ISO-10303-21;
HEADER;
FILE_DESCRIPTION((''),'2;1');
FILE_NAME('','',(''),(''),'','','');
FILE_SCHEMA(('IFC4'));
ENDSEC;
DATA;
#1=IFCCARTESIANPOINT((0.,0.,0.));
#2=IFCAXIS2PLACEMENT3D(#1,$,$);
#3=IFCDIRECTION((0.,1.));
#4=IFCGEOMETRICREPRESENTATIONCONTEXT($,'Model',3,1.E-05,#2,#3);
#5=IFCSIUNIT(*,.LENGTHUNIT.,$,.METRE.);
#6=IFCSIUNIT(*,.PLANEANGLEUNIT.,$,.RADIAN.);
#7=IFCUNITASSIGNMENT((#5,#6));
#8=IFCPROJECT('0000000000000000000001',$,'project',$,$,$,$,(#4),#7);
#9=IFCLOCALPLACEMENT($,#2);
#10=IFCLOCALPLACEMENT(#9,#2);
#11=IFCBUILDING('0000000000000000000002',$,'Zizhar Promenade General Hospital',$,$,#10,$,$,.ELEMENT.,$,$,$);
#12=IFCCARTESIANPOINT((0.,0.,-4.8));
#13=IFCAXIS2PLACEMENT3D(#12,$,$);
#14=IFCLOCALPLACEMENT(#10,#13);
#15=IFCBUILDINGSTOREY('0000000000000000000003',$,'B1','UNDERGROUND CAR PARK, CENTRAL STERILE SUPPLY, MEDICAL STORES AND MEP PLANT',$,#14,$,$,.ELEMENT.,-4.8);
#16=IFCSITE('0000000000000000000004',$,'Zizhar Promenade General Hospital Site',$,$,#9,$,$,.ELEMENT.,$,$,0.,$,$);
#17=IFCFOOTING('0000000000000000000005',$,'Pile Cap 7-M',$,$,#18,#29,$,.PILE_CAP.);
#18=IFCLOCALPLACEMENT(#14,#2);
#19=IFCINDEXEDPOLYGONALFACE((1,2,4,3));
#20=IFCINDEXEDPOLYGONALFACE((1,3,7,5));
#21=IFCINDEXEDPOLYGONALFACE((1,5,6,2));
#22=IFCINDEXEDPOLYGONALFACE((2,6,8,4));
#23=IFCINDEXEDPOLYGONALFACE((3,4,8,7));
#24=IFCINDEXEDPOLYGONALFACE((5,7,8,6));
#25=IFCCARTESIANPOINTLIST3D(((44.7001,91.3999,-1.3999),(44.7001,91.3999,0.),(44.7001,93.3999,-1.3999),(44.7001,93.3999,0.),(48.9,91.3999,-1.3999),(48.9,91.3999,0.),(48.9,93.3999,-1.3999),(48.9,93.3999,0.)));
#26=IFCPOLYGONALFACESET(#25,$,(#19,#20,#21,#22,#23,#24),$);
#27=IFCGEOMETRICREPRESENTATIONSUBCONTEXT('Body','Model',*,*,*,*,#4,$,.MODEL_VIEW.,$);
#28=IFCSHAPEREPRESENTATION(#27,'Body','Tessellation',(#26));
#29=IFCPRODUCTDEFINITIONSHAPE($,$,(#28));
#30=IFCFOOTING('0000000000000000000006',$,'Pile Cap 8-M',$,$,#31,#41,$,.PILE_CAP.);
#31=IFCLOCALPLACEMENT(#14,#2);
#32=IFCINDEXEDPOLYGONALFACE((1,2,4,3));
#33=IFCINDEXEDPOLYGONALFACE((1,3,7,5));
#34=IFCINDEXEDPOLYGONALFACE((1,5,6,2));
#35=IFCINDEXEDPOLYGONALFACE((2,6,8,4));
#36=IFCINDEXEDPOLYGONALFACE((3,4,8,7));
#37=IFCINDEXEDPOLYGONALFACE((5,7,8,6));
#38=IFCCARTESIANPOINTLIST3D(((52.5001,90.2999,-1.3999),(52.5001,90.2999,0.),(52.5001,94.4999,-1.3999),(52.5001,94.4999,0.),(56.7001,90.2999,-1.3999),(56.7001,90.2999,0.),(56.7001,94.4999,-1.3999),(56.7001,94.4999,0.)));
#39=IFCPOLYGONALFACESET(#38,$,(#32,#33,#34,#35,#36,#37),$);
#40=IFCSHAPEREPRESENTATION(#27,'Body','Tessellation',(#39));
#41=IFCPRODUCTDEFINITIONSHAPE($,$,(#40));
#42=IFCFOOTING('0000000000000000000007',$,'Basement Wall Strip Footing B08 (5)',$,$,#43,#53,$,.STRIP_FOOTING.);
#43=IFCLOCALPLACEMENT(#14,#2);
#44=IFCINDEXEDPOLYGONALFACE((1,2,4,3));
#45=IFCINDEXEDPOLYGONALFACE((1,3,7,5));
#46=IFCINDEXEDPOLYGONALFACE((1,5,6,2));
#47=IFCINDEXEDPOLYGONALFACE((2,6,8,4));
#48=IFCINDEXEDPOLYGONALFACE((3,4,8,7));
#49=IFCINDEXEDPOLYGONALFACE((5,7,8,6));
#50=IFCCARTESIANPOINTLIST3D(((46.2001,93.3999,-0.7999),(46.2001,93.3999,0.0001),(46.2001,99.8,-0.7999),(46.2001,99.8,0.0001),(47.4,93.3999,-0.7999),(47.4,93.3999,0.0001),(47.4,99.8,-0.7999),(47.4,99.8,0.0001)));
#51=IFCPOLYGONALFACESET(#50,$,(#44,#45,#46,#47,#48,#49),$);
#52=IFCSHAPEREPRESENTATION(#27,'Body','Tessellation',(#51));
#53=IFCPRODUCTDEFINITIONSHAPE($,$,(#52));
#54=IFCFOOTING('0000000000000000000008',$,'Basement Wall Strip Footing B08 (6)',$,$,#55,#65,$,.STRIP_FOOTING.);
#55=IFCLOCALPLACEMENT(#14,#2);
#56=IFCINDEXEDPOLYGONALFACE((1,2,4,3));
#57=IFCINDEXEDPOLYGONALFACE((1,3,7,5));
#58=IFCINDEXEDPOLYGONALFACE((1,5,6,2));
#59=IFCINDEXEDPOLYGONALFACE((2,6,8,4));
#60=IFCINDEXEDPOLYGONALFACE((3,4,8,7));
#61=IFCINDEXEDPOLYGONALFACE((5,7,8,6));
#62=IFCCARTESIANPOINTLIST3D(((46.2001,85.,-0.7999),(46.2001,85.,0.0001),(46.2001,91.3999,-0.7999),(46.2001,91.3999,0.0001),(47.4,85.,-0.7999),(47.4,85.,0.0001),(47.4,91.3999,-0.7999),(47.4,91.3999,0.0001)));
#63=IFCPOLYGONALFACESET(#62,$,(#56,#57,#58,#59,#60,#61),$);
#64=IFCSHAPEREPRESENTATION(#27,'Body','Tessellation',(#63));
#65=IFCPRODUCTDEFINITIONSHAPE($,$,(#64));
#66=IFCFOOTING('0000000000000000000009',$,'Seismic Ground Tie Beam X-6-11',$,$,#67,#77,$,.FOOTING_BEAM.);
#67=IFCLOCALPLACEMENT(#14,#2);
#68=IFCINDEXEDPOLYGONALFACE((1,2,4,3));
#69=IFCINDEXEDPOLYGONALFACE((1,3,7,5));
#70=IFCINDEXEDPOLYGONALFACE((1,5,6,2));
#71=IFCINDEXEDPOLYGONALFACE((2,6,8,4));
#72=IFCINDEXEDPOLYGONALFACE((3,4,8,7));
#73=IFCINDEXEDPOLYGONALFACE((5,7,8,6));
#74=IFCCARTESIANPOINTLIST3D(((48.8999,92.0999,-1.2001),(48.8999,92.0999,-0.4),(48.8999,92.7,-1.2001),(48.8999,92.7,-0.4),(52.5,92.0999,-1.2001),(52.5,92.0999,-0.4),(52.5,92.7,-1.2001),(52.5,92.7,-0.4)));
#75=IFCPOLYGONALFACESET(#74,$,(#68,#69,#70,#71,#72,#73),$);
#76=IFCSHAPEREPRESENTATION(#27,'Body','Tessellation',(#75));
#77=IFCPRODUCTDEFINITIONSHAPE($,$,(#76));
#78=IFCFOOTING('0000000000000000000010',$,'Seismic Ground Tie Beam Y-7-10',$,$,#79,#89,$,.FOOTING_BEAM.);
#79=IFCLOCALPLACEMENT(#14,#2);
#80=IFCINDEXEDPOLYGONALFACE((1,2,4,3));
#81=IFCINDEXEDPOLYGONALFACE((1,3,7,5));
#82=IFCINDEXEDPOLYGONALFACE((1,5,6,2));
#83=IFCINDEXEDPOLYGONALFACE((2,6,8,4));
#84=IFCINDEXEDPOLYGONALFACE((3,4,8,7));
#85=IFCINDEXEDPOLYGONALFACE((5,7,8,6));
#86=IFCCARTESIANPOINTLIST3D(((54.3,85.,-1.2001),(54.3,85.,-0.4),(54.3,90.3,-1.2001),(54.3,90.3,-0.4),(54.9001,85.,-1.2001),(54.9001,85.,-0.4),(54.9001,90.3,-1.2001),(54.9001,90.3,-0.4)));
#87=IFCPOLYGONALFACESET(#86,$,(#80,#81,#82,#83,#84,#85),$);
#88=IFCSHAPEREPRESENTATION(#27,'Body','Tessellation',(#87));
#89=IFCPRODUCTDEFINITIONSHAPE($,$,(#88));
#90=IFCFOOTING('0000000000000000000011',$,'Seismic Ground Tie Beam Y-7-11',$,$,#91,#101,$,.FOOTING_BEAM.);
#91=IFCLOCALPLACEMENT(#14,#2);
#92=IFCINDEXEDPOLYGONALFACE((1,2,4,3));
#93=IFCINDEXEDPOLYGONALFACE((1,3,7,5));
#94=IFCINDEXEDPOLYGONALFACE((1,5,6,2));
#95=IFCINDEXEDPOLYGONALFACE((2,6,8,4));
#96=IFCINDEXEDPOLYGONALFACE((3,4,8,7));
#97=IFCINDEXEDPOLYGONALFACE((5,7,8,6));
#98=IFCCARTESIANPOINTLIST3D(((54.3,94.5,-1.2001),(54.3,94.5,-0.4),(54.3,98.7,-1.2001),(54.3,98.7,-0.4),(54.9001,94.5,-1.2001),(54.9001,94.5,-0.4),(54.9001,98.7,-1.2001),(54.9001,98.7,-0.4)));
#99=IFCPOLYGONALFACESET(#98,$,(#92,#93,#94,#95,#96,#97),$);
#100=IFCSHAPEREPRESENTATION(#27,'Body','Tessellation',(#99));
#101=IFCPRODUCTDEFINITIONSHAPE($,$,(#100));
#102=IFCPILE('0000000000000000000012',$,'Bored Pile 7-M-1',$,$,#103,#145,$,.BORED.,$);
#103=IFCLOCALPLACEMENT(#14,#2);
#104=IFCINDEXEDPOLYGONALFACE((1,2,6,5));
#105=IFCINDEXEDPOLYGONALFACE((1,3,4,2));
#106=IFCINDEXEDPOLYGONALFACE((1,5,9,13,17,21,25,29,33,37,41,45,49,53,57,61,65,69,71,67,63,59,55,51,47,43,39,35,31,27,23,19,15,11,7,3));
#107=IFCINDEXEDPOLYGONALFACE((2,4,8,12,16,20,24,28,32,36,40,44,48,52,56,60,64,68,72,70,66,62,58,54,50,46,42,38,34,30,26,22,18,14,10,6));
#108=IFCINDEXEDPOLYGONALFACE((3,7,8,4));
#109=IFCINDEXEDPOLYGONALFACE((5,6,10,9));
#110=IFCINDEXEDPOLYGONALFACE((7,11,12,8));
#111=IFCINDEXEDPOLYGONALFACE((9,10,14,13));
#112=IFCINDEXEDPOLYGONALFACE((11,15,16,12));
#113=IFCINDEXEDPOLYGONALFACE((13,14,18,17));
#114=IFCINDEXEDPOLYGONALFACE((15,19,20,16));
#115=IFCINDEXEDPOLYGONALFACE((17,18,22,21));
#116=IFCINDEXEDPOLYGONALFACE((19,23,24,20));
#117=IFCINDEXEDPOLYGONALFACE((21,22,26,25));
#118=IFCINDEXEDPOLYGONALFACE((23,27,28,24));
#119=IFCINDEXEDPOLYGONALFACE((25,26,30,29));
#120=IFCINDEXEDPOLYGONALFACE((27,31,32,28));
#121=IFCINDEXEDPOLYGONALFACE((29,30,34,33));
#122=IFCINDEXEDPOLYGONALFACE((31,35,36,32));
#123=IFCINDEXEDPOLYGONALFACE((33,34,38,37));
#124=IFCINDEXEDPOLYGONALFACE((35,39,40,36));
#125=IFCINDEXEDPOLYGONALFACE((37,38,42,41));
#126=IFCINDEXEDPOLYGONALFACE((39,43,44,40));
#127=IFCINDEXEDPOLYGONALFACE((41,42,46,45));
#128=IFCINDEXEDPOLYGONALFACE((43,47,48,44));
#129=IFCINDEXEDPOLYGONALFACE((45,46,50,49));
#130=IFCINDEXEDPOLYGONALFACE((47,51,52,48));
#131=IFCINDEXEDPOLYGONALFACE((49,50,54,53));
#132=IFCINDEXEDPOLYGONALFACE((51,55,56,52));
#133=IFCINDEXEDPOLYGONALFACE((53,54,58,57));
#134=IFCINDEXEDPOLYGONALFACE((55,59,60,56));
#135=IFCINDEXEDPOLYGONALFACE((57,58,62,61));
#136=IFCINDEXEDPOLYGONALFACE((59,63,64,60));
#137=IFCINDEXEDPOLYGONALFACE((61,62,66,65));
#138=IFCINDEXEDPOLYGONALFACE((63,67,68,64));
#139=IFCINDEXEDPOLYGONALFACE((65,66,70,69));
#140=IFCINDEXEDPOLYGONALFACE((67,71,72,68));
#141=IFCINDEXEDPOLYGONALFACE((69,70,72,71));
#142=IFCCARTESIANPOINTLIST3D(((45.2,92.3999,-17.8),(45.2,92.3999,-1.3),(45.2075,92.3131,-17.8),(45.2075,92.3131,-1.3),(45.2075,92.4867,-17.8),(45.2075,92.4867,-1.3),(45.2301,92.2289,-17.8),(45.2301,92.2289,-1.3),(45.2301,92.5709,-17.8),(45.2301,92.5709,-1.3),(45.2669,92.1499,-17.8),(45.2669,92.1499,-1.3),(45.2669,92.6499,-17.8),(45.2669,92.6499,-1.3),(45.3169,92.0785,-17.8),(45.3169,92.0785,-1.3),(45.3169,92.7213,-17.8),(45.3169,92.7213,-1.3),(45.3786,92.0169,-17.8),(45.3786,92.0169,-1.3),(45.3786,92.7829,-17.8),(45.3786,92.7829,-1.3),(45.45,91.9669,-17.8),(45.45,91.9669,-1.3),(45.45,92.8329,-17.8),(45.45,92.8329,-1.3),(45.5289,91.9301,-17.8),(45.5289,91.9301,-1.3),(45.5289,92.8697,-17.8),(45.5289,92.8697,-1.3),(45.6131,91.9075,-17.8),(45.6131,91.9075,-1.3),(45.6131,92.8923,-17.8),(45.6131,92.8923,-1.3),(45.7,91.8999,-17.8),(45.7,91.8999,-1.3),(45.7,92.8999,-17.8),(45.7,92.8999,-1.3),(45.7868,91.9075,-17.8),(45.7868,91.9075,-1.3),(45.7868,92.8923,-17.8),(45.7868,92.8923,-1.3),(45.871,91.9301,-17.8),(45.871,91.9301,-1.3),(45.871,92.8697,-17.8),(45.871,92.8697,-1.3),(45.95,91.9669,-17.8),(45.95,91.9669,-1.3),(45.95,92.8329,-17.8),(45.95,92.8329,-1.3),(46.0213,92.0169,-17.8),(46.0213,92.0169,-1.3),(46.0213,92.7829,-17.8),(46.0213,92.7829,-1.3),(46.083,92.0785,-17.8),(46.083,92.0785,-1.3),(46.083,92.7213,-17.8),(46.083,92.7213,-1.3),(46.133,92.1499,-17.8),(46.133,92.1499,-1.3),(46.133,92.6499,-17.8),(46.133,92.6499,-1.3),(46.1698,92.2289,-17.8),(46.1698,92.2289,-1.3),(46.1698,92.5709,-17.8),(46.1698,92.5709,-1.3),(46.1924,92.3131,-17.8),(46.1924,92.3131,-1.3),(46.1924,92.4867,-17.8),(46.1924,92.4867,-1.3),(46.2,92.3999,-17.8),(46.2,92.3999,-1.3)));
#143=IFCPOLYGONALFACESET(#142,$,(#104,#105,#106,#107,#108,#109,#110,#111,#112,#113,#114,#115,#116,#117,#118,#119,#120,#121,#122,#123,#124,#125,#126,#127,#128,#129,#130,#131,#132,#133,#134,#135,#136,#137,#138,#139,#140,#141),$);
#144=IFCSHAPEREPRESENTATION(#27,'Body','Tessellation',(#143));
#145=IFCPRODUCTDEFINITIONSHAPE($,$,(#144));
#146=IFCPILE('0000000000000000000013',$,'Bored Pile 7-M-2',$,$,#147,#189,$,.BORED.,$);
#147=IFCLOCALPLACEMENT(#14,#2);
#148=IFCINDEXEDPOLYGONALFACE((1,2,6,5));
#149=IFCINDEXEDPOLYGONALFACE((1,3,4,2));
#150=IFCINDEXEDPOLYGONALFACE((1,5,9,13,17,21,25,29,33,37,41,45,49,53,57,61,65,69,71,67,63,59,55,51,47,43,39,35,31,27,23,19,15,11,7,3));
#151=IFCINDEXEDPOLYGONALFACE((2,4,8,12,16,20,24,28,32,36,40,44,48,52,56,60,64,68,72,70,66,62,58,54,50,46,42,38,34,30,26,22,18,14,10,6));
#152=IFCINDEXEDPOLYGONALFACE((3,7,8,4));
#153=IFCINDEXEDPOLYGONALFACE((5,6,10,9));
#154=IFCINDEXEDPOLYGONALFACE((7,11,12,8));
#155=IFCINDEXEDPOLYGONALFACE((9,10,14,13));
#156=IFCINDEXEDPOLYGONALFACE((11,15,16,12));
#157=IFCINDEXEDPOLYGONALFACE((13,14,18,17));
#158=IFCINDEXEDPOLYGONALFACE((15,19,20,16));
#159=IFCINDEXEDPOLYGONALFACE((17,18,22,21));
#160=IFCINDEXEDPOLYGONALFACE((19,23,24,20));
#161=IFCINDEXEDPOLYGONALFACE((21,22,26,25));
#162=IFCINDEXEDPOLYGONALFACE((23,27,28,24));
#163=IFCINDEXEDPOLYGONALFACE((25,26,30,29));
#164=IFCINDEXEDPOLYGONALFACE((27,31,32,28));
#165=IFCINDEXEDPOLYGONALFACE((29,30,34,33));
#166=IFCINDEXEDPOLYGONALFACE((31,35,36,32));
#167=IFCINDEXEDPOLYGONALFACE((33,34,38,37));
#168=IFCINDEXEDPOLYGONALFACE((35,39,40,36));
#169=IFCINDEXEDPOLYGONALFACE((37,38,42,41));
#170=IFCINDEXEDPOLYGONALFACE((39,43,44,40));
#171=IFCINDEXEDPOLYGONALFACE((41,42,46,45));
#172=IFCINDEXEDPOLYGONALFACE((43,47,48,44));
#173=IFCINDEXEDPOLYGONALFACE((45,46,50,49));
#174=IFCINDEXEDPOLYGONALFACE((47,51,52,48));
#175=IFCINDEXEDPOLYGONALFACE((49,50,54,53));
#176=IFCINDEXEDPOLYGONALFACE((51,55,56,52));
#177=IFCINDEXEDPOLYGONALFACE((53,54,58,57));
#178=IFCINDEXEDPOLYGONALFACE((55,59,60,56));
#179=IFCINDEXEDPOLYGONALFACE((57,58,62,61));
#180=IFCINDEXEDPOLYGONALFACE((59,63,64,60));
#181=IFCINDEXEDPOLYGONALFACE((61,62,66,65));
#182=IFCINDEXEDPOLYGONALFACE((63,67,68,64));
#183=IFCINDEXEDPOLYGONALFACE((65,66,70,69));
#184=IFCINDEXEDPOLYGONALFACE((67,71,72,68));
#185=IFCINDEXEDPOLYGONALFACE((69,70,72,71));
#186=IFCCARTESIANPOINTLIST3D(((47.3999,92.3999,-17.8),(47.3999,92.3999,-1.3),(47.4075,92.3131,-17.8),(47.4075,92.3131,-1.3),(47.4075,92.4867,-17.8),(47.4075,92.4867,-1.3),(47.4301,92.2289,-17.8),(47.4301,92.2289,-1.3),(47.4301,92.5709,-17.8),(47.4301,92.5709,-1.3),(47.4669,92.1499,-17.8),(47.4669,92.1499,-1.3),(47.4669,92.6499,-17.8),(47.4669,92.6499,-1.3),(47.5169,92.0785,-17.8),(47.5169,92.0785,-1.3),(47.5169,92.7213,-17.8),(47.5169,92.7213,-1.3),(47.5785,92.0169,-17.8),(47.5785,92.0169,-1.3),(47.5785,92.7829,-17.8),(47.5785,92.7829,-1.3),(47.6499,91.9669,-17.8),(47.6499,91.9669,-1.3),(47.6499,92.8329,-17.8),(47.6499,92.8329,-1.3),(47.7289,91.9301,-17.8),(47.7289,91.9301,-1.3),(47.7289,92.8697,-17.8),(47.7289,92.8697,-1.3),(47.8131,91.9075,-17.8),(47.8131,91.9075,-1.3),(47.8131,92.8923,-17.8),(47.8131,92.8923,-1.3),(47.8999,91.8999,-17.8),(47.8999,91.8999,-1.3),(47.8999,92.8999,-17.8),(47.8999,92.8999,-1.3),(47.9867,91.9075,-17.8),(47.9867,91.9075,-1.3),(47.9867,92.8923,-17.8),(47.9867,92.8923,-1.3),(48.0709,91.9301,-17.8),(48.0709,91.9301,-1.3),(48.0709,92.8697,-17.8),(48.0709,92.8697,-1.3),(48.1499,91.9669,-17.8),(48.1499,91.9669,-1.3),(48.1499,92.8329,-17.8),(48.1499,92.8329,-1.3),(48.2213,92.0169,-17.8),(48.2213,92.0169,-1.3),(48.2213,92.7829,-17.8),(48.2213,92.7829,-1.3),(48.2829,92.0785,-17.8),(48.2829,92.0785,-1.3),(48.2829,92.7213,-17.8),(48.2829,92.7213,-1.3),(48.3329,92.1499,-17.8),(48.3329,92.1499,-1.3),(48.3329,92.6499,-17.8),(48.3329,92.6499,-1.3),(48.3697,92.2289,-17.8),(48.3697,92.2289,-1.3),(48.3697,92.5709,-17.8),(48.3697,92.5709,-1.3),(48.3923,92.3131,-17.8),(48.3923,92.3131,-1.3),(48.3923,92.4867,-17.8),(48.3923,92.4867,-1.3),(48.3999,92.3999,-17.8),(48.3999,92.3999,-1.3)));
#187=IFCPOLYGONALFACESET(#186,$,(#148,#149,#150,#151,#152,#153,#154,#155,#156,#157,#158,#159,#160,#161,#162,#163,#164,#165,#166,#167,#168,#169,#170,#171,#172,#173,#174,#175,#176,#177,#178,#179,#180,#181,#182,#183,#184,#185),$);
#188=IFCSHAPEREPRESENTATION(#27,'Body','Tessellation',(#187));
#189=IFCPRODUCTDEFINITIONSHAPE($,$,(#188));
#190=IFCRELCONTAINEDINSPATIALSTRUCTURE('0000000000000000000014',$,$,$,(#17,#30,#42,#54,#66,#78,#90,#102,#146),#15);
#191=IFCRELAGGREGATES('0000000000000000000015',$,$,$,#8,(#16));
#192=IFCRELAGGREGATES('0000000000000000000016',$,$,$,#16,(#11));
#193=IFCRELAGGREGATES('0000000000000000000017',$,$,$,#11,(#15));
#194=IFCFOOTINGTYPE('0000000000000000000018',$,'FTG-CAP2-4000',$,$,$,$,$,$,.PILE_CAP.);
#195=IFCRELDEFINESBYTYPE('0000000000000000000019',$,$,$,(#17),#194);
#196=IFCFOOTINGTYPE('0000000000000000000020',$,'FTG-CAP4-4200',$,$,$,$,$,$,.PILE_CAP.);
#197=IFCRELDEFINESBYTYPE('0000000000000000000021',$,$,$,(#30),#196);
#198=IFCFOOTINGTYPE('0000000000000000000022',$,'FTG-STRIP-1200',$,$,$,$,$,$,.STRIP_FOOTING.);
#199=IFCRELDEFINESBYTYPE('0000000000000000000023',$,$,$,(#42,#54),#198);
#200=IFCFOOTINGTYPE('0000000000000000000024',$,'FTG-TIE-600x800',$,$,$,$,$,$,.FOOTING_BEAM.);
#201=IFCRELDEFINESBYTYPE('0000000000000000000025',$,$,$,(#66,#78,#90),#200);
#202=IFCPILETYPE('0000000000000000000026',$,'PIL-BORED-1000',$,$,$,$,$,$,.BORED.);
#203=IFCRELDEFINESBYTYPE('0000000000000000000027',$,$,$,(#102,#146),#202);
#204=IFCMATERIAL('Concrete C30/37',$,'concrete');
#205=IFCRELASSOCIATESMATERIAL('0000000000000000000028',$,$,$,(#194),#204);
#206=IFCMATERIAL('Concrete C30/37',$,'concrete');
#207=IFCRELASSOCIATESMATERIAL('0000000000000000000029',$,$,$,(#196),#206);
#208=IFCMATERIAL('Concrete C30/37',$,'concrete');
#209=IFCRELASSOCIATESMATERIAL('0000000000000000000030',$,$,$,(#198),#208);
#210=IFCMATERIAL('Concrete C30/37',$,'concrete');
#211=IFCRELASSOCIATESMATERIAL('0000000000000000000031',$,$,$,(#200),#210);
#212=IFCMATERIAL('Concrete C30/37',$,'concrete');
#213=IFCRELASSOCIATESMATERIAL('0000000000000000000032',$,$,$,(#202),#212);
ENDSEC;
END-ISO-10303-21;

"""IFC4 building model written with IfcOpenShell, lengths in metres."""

from ifc_helpers import new_model, si_unit, direction, frame, origin, origin_2d, place, context, subcontext, project, spatial, rectangle, circle, extrude, material, material_profile, profile_set, type_object, element, save


model = new_model("IFC4")

# Units and contexts
model_context = context("Model", 3, precision=1e-05, world=origin(), true_north=direction((0.0, 1.0)))
body_context = subcontext(model_context, "Body", "Model", "MODEL_VIEW")
ifc_project = project(units=[si_unit("LENGTHUNIT", "METRE"), si_unit("PLANEANGLEUNIT", "RADIAN")], contexts=[model_context])

# Site, building, storey
site_placement = place(None, origin())
site = spatial("IfcSite", under=ifc_project, at=site_placement, Name="Zizhar Promenade General Hospital Site", CompositionType="ELEMENT", RefElevation=0.0)
building_placement = place(site_placement, origin())
building = spatial("IfcBuilding", under=site, at=building_placement, Name="Zizhar Promenade General Hospital", CompositionType="ELEMENT")
storey_placement = place(building_placement, frame((0.0, 0.0, -4.8)))
storey = spatial("IfcBuildingStorey", under=building, at=storey_placement, Name="B1", Description="UNDERGROUND CAR PARK, CENTRAL STERILE SUPPLY, MEDICAL STORES AND MEP PLANT", CompositionType="ELEMENT", Elevation=-4.8)

# Footings
ifc_material_1 = material(Name="Concrete C30/37", Category="concrete")
footing_type_1 = type_object("IfcFootingType", Name="FTG-CAP2-4000", PredefinedType="PILE_CAP", material=ifc_material_1)
footing_1_placement = place(storey_placement, frame((46.8, 92.3999, -1.3999), z_axis=(0.0, 0.0, 1.0), x_axis=(1.0, 0.0, 0.0)))
element("IfcFooting", 1, at=footing_1_placement, inside=storey, type_object=footing_type_1, Name="Pile Cap 7-M", PredefinedType="PILE_CAP", context=body_context, shape_type="SweptSolid", body=[
    extrude(rectangle(XDim=4.2, YDim=2.0, at=origin_2d()), origin(), (0.0, 0.0, 1.0), 1.3999),
])
ifc_material_2 = material(Name="Concrete C30/37", Category="concrete")
footing_type_2 = type_object("IfcFootingType", Name="FTG-CAP4-4200", PredefinedType="PILE_CAP", material=ifc_material_2)
footing_2_placement = place(storey_placement, frame((54.6001, 92.3999, -1.3999), z_axis=(0.0, 0.0, 1.0), x_axis=(1.0, 0.0, 0.0)))
element("IfcFooting", 2, at=footing_2_placement, inside=storey, type_object=footing_type_2, Name="Pile Cap 8-M", PredefinedType="PILE_CAP", context=body_context, shape_type="SweptSolid", body=[
    extrude(rectangle(XDim=4.2, YDim=4.2, at=origin_2d()), origin(), (0.0, 0.0, 1.0), 1.3999),
])
ifc_material_3 = material(Name="Concrete C30/37", Category="concrete")
ifc_material_profile_1 = material_profile(ifc_material_3, rectangle(XDim=1.2, YDim=0.8, at=origin_2d()))
ifc_profile_set_1 = profile_set([ifc_material_profile_1], Name="Concrete C30/37")
footing_type_3 = type_object("IfcFootingType", Name="FTG-STRIP-1200", PredefinedType="STRIP_FOOTING", material=ifc_profile_set_1)
footing_3_placement = place(storey_placement, frame((46.8, 99.8, -0.3999), z_axis=(0.0, -1.0, 0.0), x_axis=(1.0, 0.0, 0.0)))
element("IfcFooting", 3, at=footing_3_placement, inside=storey, type_object=footing_type_3, Name="Basement Wall Strip Footing B08 (5)", PredefinedType="STRIP_FOOTING", context=body_context, shape_type="SweptSolid", body=[
    extrude(rectangle(XDim=1.2, YDim=0.8, at=origin_2d()), origin(), (0.0, 0.0, 1.0), 6.4001),
])
footing_4_placement = place(storey_placement, frame((46.8, 91.3999, -0.3999), z_axis=(0.0, -1.0, 0.0), x_axis=(1.0, 0.0, 0.0)))
element("IfcFooting", 4, at=footing_4_placement, inside=storey, type_object=footing_type_3, Name="Basement Wall Strip Footing B08 (6)", PredefinedType="STRIP_FOOTING", context=body_context, shape_type="SweptSolid", body=[
    extrude(rectangle(XDim=1.2, YDim=0.8, at=origin_2d()), origin(), (0.0, 0.0, 1.0), 6.3999),
])
ifc_material_4 = material(Name="Concrete C30/37", Category="concrete")
ifc_material_profile_2 = material_profile(ifc_material_4, rectangle(XDim=0.6001, YDim=0.8, at=origin_2d()))
ifc_profile_set_2 = profile_set([ifc_material_profile_2], Name="Concrete C30/37")
footing_type_4 = type_object("IfcFootingType", Name="FTG-TIE-600x800", PredefinedType="FOOTING_BEAM", material=ifc_profile_set_2)
footing_5_placement = place(storey_placement, frame((48.8999, 92.3999, -0.8), z_axis=(1.0, 0.0, 0.0), x_axis=(0.0, 1.0, 0.0)))
element("IfcFooting", 5, at=footing_5_placement, inside=storey, type_object=footing_type_4, Name="Seismic Ground Tie Beam X-6-11", PredefinedType="FOOTING_BEAM", context=body_context, shape_type="SweptSolid", body=[
    extrude(rectangle(XDim=0.6001, YDim=0.8, at=origin_2d()), origin(), (0.0, 0.0, 1.0), 3.6001),
])
footing_6_placement = place(storey_placement, frame((54.6001, 85.0, -0.8), z_axis=(0.0, 1.0, 0.0), x_axis=(-1.0, 0.0, 0.0)))
element("IfcFooting", 6, at=footing_6_placement, inside=storey, type_object=footing_type_4, Name="Seismic Ground Tie Beam Y-7-10", PredefinedType="FOOTING_BEAM", context=body_context, shape_type="SweptSolid", body=[
    extrude(rectangle(XDim=0.6001, YDim=0.8, at=origin_2d()), origin(), (0.0, 0.0, 1.0), 5.3),
])
footing_7_placement = place(storey_placement, frame((54.6001, 94.5, -0.8), z_axis=(0.0, 1.0, 0.0), x_axis=(-1.0, 0.0, 0.0)))
element("IfcFooting", 7, at=footing_7_placement, inside=storey, type_object=footing_type_4, Name="Seismic Ground Tie Beam Y-7-11", PredefinedType="FOOTING_BEAM", context=body_context, shape_type="SweptSolid", body=[
    extrude(rectangle(XDim=0.6001, YDim=0.8, at=origin_2d()), origin(), (0.0, 0.0, 1.0), 4.2),
])

# Piles
ifc_material_5 = material(Name="Concrete C30/37", Category="concrete")
ifc_material_profile_3 = material_profile(ifc_material_5, circle(Radius=0.5, at=origin_2d()))
ifc_profile_set_3 = profile_set([ifc_material_profile_3], Name="Concrete C30/37")
pile_type = type_object("IfcPileType", Name="PIL-BORED-1000", PredefinedType="BORED", material=ifc_profile_set_3)
for number, where, z_axis, x_axis, name in (
    (8, (45.7, 92.3999, -1.3), (0.0, 0.0, -1.0), (1.0, 0.0, 0.0), "Bored Pile 7-M-1"),
    (9, (47.8999, 92.3999, -1.3), (0.0, 0.0, -1.0), (1.0, 0.0, 0.0), "Bored Pile 7-M-2"),
):
    element("IfcPile", number, at=place(storey_placement, frame(where, z_axis=z_axis, x_axis=x_axis)), inside=storey, type_object=pile_type, Name=name, PredefinedType="BORED", context=body_context, shape_type="SweptSolid", body=[
        extrude(circle(Radius=0.5, at=origin_2d()), origin(), (0.0, 0.0, 1.0), 16.5),
    ])

save(model, "model.ifc")
